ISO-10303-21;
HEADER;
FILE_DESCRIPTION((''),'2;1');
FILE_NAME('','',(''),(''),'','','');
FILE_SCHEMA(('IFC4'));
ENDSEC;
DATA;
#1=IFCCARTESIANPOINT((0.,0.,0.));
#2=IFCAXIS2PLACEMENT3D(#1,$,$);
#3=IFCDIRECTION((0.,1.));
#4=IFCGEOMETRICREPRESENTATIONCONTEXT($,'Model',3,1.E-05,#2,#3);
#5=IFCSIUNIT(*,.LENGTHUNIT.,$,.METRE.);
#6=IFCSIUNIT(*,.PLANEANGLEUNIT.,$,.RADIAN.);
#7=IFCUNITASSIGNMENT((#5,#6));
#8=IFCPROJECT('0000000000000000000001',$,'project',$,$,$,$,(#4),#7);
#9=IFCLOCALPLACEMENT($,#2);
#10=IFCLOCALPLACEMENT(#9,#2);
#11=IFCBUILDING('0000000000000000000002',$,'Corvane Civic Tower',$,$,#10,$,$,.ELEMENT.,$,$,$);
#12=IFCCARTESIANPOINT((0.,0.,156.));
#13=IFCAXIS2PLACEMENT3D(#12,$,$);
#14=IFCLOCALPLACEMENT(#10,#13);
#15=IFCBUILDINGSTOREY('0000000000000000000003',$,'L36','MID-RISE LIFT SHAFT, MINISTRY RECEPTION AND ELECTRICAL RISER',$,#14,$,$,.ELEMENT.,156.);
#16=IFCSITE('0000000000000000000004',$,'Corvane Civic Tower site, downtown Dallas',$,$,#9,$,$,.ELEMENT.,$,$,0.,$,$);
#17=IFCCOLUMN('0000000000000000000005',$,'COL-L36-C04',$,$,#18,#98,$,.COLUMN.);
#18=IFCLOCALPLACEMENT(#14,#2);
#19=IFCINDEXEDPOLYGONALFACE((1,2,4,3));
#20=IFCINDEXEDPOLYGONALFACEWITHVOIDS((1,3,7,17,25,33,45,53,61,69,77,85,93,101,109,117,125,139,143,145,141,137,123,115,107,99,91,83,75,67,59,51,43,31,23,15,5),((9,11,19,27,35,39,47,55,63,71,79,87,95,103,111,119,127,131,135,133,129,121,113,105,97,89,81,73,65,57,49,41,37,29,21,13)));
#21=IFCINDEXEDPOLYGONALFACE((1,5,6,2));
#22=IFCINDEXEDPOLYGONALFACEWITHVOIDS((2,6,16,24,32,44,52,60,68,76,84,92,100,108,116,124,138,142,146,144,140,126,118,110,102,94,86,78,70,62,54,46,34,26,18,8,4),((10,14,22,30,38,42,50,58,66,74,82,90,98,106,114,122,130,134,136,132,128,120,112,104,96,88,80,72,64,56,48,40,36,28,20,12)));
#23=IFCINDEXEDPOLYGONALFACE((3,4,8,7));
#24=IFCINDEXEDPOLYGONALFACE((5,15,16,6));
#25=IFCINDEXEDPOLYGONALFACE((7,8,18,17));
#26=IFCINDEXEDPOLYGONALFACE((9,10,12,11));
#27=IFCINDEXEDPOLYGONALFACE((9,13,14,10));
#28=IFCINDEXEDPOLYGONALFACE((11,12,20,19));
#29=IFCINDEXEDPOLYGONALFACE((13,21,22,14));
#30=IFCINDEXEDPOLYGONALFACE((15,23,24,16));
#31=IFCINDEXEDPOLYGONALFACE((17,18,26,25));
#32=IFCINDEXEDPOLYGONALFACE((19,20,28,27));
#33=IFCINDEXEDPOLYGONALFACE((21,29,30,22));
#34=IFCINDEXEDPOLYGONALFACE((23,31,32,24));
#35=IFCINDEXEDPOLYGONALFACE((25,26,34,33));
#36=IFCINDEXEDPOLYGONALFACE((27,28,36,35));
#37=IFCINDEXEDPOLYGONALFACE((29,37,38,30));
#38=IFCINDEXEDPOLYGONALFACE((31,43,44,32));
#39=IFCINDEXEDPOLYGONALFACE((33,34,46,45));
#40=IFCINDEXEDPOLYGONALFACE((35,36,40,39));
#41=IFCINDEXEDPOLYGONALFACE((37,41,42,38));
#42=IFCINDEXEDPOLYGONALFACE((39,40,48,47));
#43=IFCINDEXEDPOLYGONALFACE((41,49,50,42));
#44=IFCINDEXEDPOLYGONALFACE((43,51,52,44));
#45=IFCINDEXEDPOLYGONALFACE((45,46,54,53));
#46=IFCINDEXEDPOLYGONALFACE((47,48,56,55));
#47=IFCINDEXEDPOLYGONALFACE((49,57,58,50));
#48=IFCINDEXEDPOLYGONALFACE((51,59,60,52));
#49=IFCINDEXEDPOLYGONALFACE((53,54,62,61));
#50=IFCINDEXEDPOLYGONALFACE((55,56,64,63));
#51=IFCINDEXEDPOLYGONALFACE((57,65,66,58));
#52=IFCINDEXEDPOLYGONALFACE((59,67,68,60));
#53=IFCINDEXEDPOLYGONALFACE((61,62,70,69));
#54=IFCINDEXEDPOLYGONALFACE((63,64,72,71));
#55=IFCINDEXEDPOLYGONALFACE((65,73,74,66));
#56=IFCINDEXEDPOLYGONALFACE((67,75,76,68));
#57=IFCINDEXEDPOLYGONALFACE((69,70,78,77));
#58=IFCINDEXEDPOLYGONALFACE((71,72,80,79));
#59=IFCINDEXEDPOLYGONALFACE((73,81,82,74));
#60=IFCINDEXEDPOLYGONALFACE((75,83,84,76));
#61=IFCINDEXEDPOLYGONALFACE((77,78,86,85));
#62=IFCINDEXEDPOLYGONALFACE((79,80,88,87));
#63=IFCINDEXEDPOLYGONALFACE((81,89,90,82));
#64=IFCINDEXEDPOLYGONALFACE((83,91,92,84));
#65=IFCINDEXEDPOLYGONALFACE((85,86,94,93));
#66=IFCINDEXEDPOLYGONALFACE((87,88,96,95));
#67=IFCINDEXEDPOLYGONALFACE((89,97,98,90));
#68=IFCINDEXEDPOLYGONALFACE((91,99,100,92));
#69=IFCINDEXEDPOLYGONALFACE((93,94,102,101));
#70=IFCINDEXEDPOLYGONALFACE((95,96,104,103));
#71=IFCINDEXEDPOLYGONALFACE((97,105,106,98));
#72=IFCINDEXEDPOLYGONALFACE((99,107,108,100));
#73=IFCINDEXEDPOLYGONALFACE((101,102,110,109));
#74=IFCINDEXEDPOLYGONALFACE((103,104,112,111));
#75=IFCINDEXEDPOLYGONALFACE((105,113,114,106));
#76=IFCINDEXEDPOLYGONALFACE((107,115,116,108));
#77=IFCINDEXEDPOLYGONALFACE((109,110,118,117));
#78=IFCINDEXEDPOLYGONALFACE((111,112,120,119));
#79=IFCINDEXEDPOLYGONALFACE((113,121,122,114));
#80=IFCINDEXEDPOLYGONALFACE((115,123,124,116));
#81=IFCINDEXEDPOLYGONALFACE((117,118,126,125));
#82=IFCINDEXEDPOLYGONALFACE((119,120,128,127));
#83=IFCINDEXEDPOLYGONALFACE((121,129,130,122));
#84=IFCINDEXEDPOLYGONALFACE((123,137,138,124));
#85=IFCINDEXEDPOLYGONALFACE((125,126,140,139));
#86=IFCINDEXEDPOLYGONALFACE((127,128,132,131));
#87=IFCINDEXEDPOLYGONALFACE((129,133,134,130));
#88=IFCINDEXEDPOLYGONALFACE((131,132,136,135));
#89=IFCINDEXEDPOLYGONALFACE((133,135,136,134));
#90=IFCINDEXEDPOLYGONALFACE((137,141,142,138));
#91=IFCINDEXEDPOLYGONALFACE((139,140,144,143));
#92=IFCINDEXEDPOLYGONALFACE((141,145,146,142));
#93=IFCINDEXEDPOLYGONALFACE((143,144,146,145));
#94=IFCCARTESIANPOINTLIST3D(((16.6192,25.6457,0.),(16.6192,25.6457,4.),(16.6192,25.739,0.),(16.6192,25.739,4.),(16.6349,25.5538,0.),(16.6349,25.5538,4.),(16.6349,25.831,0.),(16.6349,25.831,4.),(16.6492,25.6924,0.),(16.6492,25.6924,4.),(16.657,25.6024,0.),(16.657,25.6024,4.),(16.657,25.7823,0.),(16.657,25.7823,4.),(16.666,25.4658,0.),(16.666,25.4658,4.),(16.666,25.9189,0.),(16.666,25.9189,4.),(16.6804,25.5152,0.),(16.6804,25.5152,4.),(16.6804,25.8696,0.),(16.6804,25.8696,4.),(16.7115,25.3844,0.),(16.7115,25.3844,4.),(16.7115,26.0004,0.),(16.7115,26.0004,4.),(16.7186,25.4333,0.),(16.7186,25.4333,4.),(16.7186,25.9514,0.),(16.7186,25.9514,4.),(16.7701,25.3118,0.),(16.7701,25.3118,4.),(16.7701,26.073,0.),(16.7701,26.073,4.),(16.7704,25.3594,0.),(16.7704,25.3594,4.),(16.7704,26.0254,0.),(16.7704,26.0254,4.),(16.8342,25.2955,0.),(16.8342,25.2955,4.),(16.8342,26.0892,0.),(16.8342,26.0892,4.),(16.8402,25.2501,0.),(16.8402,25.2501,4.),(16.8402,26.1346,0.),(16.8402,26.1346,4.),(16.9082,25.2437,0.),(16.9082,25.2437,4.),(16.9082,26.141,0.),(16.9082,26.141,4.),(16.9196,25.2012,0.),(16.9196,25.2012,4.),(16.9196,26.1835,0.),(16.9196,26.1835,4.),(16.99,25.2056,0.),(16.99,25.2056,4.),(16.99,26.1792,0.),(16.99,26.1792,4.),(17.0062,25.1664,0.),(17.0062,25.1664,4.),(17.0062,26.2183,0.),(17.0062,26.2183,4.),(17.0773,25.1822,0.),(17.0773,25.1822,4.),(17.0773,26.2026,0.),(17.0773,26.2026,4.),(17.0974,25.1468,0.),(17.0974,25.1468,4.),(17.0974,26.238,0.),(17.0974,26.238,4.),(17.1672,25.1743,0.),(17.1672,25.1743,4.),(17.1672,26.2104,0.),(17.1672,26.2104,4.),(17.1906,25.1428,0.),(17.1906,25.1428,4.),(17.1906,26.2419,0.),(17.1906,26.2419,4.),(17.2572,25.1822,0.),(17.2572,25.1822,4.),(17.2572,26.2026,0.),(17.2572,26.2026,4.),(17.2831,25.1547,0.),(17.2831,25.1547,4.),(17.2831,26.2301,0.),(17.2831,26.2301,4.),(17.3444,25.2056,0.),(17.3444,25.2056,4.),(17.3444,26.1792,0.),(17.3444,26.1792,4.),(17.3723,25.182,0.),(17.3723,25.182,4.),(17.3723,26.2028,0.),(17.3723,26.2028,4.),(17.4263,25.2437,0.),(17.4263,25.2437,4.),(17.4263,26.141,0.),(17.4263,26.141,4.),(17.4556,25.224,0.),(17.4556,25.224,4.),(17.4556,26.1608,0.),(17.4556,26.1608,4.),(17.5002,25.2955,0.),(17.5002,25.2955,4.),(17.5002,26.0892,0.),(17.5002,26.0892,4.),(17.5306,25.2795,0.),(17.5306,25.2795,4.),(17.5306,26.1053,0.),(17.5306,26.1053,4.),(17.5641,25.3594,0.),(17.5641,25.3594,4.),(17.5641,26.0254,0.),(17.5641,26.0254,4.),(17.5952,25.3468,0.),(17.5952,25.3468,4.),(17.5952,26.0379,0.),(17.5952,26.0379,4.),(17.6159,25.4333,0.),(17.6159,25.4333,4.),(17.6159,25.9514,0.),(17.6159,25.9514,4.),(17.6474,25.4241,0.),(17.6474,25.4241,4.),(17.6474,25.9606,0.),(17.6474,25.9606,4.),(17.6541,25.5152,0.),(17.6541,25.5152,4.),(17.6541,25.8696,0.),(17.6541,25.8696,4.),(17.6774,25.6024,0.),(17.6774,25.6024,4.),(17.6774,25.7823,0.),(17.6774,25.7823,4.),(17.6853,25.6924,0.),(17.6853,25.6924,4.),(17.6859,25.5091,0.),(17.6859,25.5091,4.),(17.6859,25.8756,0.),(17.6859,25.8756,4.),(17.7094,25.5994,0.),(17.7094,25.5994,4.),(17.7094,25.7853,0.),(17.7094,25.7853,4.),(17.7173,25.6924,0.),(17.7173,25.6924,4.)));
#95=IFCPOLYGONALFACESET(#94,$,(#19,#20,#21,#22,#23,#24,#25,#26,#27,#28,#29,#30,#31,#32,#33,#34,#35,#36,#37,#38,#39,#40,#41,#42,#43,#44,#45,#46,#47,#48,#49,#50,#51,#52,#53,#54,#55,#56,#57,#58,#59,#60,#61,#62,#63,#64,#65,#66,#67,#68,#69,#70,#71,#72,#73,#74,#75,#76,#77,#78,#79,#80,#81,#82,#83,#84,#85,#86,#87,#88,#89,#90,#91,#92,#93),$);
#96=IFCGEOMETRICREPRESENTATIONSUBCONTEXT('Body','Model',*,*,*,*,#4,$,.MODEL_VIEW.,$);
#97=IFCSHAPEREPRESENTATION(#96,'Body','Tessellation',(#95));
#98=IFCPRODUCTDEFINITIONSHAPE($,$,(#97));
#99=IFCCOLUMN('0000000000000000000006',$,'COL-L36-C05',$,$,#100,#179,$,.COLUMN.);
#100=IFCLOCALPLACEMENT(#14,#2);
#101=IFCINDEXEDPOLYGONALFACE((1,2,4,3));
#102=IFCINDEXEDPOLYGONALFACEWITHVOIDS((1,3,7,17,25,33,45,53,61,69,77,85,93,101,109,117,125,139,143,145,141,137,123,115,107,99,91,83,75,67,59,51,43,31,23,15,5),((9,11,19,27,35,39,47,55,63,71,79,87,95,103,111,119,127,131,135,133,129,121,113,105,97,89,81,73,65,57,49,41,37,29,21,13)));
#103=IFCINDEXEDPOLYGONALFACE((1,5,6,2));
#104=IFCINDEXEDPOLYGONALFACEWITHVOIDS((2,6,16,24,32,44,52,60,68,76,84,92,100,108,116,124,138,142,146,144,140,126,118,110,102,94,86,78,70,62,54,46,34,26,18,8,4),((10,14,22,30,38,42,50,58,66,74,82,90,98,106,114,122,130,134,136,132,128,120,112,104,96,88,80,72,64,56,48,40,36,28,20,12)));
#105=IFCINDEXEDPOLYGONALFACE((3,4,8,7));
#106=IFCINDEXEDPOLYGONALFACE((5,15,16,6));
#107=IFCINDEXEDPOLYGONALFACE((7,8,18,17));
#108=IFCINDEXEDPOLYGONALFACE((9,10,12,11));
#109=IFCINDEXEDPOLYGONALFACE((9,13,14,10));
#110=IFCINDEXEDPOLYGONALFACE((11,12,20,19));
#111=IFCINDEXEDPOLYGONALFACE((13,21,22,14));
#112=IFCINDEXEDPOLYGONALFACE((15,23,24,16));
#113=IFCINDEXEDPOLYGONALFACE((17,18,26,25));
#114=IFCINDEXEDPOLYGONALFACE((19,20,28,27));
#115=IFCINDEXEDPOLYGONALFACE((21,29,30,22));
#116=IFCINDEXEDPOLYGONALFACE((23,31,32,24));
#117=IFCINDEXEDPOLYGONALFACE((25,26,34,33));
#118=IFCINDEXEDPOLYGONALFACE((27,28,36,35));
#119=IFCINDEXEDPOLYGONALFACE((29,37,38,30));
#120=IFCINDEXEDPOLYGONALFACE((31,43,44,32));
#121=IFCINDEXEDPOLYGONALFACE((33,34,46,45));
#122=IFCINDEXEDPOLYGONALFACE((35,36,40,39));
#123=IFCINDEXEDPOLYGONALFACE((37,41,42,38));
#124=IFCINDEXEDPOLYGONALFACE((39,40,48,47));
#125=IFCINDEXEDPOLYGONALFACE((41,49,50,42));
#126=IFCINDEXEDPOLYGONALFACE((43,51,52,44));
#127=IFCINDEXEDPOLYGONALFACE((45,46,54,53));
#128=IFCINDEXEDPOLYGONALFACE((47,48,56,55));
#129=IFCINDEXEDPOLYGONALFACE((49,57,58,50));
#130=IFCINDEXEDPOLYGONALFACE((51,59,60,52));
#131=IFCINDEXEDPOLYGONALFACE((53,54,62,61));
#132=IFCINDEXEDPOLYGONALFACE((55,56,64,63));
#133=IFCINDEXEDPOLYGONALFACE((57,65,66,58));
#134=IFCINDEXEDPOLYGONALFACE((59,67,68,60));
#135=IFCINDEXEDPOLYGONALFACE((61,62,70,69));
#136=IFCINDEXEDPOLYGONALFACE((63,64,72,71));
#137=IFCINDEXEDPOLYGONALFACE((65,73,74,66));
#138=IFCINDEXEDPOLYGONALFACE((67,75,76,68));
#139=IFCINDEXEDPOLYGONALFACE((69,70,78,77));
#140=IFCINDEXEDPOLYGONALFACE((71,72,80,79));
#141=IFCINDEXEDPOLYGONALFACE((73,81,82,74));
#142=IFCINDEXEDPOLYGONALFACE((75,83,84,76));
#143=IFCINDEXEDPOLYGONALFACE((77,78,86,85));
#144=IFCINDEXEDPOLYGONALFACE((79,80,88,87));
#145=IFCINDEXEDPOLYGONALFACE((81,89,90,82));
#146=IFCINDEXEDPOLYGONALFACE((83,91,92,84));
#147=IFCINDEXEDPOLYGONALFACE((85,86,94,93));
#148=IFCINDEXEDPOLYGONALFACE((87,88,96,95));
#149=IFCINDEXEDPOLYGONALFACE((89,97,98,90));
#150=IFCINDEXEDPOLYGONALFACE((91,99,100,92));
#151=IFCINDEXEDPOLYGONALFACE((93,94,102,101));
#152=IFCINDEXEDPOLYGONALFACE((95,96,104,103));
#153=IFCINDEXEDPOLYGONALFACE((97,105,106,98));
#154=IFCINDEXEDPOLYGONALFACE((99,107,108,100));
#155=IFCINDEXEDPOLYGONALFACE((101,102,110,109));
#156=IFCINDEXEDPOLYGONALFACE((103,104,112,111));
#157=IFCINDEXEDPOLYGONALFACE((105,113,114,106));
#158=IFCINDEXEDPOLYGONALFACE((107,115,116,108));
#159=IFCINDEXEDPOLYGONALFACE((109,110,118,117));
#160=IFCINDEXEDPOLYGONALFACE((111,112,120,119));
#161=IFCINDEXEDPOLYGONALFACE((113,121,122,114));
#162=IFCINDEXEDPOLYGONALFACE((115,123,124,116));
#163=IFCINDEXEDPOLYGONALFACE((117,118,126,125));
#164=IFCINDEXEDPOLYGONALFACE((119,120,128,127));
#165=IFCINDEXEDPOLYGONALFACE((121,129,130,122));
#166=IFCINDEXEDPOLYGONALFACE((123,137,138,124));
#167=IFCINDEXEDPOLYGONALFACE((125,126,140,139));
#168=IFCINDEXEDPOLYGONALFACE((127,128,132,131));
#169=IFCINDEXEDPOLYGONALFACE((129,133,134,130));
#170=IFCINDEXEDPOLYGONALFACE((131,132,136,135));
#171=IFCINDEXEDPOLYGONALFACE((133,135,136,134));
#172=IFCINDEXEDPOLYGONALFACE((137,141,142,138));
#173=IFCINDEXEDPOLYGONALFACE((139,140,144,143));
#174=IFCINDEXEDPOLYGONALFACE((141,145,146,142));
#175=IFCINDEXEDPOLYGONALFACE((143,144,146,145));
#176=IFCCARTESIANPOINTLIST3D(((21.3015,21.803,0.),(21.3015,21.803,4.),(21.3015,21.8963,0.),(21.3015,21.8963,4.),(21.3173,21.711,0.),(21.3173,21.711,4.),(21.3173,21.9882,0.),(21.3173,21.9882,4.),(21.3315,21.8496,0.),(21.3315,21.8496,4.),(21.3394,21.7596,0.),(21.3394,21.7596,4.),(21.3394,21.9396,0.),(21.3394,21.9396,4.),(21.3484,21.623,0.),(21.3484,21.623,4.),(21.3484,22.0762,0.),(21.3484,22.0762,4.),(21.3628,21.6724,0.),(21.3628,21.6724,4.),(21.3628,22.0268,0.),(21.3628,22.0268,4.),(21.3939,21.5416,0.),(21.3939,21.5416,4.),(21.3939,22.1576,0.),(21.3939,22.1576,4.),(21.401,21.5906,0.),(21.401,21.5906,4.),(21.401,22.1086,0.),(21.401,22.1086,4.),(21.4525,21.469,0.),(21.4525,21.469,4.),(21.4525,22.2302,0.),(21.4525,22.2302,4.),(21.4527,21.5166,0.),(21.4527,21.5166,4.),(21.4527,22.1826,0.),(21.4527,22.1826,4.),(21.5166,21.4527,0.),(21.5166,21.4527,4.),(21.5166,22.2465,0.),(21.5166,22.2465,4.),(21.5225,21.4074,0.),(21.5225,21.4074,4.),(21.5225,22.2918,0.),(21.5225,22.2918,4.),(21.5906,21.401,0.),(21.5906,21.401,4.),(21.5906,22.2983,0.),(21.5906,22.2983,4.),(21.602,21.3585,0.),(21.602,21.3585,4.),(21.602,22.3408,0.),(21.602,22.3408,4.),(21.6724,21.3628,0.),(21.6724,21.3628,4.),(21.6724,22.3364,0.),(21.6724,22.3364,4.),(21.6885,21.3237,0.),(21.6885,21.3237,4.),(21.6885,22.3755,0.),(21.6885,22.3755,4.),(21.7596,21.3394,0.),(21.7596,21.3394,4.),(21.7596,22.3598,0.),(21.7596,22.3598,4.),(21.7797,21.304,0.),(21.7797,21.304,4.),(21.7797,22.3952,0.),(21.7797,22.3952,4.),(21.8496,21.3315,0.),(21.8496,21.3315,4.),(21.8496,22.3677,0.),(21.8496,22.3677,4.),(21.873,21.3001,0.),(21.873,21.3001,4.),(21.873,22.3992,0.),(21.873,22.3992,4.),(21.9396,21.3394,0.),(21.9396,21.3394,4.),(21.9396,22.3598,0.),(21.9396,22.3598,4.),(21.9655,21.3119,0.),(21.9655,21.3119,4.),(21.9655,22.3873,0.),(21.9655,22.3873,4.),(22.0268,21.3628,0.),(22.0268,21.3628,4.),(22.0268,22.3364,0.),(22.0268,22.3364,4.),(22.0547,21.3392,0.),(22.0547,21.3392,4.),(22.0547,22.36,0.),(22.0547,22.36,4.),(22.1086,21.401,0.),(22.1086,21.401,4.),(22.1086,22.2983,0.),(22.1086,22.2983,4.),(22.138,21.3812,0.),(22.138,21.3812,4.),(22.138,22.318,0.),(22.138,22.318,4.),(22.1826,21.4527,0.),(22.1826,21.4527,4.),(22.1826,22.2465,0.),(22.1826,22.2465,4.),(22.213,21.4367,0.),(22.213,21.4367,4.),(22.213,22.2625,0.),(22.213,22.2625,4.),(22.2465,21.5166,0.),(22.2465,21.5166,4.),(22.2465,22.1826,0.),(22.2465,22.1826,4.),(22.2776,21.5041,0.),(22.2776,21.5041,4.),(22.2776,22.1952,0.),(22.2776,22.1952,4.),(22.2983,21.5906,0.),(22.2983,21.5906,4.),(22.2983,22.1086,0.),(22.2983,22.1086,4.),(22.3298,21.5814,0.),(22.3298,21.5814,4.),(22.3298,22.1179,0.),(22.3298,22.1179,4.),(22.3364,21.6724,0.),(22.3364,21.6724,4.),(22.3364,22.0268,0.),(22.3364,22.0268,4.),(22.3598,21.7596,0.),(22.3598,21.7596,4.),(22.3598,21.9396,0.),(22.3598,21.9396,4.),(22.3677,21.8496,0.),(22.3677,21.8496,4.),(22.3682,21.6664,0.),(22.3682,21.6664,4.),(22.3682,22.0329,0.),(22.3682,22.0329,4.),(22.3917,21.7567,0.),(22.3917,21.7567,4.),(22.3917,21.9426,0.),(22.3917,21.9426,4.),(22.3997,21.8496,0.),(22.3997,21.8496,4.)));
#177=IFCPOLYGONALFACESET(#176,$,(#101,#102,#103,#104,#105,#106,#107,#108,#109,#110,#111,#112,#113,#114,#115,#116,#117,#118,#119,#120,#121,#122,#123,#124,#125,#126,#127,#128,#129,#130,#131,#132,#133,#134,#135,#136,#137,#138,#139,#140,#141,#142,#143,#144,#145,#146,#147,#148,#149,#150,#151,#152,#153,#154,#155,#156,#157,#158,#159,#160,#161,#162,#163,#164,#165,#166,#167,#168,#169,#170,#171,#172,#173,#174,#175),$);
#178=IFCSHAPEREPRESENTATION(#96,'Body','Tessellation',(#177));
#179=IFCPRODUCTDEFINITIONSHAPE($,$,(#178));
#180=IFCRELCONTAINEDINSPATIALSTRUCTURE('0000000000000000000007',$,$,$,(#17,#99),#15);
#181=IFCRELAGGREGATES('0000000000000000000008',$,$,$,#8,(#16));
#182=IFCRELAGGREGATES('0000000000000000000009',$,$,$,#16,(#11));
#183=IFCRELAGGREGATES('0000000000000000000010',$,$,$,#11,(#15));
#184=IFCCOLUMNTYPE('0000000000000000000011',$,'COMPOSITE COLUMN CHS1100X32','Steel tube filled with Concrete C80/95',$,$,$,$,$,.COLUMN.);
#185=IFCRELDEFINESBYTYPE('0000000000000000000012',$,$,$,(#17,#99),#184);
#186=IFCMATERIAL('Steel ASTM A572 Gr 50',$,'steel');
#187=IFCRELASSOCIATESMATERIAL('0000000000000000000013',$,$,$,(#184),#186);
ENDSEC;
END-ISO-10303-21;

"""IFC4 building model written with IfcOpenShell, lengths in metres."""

from ifc_helpers import new_model, si_unit, direction, frame, origin, origin_2d, place, context, subcontext, project, spatial, hollow_circle, extrude, material, material_profile, profile_set, type_object, element, save


model = new_model("IFC4")

# Units and contexts
model_context = context("Model", 3, precision=1e-05, world=origin(), true_north=direction((0.0, 1.0)))
body_context = subcontext(model_context, "Body", "Model", "MODEL_VIEW")
ifc_project = project(units=[si_unit("LENGTHUNIT", "METRE"), si_unit("PLANEANGLEUNIT", "RADIAN")], contexts=[model_context])

# Site, building, storey
site_placement = place(None, origin())
site = spatial("IfcSite", under=ifc_project, at=site_placement, Name="Corvane Civic Tower site, downtown Dallas", CompositionType="ELEMENT", RefElevation=0.0)
building_placement = place(site_placement, origin())
building = spatial("IfcBuilding", under=site, at=building_placement, Name="Corvane Civic Tower", CompositionType="ELEMENT")
storey_placement = place(building_placement, frame((0.0, 0.0, 156.0)))
storey = spatial("IfcBuildingStorey", under=building, at=storey_placement, Name="L36", Description="MID-RISE LIFT SHAFT, MINISTRY RECEPTION AND ELECTRICAL RISER", CompositionType="ELEMENT", Elevation=156.0)

# Columns
ifc_material_1 = material(Name="Steel ASTM A572 Gr 50", Category="steel")
ifc_material_profile_1 = material_profile(ifc_material_1, hollow_circle(Radius=0.55, WallThickness=0.032, at=origin_2d()), Name="CHS1100X32")
ifc_profile_set_1 = profile_set([ifc_material_profile_1], Name="Steel ASTM A572 Gr 50")
column_type = type_object("IfcColumnType", Name="COMPOSITE COLUMN CHS1100X32", Description="Steel tube filled with Concrete C80/95", PredefinedType="COLUMN", material=ifc_profile_set_1)
for number, where, z_axis, x_axis, name in (
    (1, (17.1672, 25.6924, 0.0), (0.0, 0.0, 1.0), (1.0, 0.0, 0.0), "COL-L36-C04"),
    (2, (21.8496, 21.8496, 0.0), (0.0, 0.0, 1.0), (1.0, 0.0, 0.0), "COL-L36-C05"),
):
    element("IfcColumn", number, at=place(storey_placement, frame(where, z_axis=z_axis, x_axis=x_axis)), inside=storey, type_object=column_type, Name=name, PredefinedType="COLUMN", context=body_context, shape_type="SweptSolid", body=[
        extrude(hollow_circle(Radius=0.55, WallThickness=0.032, at=origin_2d()), origin(), (0.0, 0.0, 1.0), 4.0),
    ])

save(model, "model.ifc")
